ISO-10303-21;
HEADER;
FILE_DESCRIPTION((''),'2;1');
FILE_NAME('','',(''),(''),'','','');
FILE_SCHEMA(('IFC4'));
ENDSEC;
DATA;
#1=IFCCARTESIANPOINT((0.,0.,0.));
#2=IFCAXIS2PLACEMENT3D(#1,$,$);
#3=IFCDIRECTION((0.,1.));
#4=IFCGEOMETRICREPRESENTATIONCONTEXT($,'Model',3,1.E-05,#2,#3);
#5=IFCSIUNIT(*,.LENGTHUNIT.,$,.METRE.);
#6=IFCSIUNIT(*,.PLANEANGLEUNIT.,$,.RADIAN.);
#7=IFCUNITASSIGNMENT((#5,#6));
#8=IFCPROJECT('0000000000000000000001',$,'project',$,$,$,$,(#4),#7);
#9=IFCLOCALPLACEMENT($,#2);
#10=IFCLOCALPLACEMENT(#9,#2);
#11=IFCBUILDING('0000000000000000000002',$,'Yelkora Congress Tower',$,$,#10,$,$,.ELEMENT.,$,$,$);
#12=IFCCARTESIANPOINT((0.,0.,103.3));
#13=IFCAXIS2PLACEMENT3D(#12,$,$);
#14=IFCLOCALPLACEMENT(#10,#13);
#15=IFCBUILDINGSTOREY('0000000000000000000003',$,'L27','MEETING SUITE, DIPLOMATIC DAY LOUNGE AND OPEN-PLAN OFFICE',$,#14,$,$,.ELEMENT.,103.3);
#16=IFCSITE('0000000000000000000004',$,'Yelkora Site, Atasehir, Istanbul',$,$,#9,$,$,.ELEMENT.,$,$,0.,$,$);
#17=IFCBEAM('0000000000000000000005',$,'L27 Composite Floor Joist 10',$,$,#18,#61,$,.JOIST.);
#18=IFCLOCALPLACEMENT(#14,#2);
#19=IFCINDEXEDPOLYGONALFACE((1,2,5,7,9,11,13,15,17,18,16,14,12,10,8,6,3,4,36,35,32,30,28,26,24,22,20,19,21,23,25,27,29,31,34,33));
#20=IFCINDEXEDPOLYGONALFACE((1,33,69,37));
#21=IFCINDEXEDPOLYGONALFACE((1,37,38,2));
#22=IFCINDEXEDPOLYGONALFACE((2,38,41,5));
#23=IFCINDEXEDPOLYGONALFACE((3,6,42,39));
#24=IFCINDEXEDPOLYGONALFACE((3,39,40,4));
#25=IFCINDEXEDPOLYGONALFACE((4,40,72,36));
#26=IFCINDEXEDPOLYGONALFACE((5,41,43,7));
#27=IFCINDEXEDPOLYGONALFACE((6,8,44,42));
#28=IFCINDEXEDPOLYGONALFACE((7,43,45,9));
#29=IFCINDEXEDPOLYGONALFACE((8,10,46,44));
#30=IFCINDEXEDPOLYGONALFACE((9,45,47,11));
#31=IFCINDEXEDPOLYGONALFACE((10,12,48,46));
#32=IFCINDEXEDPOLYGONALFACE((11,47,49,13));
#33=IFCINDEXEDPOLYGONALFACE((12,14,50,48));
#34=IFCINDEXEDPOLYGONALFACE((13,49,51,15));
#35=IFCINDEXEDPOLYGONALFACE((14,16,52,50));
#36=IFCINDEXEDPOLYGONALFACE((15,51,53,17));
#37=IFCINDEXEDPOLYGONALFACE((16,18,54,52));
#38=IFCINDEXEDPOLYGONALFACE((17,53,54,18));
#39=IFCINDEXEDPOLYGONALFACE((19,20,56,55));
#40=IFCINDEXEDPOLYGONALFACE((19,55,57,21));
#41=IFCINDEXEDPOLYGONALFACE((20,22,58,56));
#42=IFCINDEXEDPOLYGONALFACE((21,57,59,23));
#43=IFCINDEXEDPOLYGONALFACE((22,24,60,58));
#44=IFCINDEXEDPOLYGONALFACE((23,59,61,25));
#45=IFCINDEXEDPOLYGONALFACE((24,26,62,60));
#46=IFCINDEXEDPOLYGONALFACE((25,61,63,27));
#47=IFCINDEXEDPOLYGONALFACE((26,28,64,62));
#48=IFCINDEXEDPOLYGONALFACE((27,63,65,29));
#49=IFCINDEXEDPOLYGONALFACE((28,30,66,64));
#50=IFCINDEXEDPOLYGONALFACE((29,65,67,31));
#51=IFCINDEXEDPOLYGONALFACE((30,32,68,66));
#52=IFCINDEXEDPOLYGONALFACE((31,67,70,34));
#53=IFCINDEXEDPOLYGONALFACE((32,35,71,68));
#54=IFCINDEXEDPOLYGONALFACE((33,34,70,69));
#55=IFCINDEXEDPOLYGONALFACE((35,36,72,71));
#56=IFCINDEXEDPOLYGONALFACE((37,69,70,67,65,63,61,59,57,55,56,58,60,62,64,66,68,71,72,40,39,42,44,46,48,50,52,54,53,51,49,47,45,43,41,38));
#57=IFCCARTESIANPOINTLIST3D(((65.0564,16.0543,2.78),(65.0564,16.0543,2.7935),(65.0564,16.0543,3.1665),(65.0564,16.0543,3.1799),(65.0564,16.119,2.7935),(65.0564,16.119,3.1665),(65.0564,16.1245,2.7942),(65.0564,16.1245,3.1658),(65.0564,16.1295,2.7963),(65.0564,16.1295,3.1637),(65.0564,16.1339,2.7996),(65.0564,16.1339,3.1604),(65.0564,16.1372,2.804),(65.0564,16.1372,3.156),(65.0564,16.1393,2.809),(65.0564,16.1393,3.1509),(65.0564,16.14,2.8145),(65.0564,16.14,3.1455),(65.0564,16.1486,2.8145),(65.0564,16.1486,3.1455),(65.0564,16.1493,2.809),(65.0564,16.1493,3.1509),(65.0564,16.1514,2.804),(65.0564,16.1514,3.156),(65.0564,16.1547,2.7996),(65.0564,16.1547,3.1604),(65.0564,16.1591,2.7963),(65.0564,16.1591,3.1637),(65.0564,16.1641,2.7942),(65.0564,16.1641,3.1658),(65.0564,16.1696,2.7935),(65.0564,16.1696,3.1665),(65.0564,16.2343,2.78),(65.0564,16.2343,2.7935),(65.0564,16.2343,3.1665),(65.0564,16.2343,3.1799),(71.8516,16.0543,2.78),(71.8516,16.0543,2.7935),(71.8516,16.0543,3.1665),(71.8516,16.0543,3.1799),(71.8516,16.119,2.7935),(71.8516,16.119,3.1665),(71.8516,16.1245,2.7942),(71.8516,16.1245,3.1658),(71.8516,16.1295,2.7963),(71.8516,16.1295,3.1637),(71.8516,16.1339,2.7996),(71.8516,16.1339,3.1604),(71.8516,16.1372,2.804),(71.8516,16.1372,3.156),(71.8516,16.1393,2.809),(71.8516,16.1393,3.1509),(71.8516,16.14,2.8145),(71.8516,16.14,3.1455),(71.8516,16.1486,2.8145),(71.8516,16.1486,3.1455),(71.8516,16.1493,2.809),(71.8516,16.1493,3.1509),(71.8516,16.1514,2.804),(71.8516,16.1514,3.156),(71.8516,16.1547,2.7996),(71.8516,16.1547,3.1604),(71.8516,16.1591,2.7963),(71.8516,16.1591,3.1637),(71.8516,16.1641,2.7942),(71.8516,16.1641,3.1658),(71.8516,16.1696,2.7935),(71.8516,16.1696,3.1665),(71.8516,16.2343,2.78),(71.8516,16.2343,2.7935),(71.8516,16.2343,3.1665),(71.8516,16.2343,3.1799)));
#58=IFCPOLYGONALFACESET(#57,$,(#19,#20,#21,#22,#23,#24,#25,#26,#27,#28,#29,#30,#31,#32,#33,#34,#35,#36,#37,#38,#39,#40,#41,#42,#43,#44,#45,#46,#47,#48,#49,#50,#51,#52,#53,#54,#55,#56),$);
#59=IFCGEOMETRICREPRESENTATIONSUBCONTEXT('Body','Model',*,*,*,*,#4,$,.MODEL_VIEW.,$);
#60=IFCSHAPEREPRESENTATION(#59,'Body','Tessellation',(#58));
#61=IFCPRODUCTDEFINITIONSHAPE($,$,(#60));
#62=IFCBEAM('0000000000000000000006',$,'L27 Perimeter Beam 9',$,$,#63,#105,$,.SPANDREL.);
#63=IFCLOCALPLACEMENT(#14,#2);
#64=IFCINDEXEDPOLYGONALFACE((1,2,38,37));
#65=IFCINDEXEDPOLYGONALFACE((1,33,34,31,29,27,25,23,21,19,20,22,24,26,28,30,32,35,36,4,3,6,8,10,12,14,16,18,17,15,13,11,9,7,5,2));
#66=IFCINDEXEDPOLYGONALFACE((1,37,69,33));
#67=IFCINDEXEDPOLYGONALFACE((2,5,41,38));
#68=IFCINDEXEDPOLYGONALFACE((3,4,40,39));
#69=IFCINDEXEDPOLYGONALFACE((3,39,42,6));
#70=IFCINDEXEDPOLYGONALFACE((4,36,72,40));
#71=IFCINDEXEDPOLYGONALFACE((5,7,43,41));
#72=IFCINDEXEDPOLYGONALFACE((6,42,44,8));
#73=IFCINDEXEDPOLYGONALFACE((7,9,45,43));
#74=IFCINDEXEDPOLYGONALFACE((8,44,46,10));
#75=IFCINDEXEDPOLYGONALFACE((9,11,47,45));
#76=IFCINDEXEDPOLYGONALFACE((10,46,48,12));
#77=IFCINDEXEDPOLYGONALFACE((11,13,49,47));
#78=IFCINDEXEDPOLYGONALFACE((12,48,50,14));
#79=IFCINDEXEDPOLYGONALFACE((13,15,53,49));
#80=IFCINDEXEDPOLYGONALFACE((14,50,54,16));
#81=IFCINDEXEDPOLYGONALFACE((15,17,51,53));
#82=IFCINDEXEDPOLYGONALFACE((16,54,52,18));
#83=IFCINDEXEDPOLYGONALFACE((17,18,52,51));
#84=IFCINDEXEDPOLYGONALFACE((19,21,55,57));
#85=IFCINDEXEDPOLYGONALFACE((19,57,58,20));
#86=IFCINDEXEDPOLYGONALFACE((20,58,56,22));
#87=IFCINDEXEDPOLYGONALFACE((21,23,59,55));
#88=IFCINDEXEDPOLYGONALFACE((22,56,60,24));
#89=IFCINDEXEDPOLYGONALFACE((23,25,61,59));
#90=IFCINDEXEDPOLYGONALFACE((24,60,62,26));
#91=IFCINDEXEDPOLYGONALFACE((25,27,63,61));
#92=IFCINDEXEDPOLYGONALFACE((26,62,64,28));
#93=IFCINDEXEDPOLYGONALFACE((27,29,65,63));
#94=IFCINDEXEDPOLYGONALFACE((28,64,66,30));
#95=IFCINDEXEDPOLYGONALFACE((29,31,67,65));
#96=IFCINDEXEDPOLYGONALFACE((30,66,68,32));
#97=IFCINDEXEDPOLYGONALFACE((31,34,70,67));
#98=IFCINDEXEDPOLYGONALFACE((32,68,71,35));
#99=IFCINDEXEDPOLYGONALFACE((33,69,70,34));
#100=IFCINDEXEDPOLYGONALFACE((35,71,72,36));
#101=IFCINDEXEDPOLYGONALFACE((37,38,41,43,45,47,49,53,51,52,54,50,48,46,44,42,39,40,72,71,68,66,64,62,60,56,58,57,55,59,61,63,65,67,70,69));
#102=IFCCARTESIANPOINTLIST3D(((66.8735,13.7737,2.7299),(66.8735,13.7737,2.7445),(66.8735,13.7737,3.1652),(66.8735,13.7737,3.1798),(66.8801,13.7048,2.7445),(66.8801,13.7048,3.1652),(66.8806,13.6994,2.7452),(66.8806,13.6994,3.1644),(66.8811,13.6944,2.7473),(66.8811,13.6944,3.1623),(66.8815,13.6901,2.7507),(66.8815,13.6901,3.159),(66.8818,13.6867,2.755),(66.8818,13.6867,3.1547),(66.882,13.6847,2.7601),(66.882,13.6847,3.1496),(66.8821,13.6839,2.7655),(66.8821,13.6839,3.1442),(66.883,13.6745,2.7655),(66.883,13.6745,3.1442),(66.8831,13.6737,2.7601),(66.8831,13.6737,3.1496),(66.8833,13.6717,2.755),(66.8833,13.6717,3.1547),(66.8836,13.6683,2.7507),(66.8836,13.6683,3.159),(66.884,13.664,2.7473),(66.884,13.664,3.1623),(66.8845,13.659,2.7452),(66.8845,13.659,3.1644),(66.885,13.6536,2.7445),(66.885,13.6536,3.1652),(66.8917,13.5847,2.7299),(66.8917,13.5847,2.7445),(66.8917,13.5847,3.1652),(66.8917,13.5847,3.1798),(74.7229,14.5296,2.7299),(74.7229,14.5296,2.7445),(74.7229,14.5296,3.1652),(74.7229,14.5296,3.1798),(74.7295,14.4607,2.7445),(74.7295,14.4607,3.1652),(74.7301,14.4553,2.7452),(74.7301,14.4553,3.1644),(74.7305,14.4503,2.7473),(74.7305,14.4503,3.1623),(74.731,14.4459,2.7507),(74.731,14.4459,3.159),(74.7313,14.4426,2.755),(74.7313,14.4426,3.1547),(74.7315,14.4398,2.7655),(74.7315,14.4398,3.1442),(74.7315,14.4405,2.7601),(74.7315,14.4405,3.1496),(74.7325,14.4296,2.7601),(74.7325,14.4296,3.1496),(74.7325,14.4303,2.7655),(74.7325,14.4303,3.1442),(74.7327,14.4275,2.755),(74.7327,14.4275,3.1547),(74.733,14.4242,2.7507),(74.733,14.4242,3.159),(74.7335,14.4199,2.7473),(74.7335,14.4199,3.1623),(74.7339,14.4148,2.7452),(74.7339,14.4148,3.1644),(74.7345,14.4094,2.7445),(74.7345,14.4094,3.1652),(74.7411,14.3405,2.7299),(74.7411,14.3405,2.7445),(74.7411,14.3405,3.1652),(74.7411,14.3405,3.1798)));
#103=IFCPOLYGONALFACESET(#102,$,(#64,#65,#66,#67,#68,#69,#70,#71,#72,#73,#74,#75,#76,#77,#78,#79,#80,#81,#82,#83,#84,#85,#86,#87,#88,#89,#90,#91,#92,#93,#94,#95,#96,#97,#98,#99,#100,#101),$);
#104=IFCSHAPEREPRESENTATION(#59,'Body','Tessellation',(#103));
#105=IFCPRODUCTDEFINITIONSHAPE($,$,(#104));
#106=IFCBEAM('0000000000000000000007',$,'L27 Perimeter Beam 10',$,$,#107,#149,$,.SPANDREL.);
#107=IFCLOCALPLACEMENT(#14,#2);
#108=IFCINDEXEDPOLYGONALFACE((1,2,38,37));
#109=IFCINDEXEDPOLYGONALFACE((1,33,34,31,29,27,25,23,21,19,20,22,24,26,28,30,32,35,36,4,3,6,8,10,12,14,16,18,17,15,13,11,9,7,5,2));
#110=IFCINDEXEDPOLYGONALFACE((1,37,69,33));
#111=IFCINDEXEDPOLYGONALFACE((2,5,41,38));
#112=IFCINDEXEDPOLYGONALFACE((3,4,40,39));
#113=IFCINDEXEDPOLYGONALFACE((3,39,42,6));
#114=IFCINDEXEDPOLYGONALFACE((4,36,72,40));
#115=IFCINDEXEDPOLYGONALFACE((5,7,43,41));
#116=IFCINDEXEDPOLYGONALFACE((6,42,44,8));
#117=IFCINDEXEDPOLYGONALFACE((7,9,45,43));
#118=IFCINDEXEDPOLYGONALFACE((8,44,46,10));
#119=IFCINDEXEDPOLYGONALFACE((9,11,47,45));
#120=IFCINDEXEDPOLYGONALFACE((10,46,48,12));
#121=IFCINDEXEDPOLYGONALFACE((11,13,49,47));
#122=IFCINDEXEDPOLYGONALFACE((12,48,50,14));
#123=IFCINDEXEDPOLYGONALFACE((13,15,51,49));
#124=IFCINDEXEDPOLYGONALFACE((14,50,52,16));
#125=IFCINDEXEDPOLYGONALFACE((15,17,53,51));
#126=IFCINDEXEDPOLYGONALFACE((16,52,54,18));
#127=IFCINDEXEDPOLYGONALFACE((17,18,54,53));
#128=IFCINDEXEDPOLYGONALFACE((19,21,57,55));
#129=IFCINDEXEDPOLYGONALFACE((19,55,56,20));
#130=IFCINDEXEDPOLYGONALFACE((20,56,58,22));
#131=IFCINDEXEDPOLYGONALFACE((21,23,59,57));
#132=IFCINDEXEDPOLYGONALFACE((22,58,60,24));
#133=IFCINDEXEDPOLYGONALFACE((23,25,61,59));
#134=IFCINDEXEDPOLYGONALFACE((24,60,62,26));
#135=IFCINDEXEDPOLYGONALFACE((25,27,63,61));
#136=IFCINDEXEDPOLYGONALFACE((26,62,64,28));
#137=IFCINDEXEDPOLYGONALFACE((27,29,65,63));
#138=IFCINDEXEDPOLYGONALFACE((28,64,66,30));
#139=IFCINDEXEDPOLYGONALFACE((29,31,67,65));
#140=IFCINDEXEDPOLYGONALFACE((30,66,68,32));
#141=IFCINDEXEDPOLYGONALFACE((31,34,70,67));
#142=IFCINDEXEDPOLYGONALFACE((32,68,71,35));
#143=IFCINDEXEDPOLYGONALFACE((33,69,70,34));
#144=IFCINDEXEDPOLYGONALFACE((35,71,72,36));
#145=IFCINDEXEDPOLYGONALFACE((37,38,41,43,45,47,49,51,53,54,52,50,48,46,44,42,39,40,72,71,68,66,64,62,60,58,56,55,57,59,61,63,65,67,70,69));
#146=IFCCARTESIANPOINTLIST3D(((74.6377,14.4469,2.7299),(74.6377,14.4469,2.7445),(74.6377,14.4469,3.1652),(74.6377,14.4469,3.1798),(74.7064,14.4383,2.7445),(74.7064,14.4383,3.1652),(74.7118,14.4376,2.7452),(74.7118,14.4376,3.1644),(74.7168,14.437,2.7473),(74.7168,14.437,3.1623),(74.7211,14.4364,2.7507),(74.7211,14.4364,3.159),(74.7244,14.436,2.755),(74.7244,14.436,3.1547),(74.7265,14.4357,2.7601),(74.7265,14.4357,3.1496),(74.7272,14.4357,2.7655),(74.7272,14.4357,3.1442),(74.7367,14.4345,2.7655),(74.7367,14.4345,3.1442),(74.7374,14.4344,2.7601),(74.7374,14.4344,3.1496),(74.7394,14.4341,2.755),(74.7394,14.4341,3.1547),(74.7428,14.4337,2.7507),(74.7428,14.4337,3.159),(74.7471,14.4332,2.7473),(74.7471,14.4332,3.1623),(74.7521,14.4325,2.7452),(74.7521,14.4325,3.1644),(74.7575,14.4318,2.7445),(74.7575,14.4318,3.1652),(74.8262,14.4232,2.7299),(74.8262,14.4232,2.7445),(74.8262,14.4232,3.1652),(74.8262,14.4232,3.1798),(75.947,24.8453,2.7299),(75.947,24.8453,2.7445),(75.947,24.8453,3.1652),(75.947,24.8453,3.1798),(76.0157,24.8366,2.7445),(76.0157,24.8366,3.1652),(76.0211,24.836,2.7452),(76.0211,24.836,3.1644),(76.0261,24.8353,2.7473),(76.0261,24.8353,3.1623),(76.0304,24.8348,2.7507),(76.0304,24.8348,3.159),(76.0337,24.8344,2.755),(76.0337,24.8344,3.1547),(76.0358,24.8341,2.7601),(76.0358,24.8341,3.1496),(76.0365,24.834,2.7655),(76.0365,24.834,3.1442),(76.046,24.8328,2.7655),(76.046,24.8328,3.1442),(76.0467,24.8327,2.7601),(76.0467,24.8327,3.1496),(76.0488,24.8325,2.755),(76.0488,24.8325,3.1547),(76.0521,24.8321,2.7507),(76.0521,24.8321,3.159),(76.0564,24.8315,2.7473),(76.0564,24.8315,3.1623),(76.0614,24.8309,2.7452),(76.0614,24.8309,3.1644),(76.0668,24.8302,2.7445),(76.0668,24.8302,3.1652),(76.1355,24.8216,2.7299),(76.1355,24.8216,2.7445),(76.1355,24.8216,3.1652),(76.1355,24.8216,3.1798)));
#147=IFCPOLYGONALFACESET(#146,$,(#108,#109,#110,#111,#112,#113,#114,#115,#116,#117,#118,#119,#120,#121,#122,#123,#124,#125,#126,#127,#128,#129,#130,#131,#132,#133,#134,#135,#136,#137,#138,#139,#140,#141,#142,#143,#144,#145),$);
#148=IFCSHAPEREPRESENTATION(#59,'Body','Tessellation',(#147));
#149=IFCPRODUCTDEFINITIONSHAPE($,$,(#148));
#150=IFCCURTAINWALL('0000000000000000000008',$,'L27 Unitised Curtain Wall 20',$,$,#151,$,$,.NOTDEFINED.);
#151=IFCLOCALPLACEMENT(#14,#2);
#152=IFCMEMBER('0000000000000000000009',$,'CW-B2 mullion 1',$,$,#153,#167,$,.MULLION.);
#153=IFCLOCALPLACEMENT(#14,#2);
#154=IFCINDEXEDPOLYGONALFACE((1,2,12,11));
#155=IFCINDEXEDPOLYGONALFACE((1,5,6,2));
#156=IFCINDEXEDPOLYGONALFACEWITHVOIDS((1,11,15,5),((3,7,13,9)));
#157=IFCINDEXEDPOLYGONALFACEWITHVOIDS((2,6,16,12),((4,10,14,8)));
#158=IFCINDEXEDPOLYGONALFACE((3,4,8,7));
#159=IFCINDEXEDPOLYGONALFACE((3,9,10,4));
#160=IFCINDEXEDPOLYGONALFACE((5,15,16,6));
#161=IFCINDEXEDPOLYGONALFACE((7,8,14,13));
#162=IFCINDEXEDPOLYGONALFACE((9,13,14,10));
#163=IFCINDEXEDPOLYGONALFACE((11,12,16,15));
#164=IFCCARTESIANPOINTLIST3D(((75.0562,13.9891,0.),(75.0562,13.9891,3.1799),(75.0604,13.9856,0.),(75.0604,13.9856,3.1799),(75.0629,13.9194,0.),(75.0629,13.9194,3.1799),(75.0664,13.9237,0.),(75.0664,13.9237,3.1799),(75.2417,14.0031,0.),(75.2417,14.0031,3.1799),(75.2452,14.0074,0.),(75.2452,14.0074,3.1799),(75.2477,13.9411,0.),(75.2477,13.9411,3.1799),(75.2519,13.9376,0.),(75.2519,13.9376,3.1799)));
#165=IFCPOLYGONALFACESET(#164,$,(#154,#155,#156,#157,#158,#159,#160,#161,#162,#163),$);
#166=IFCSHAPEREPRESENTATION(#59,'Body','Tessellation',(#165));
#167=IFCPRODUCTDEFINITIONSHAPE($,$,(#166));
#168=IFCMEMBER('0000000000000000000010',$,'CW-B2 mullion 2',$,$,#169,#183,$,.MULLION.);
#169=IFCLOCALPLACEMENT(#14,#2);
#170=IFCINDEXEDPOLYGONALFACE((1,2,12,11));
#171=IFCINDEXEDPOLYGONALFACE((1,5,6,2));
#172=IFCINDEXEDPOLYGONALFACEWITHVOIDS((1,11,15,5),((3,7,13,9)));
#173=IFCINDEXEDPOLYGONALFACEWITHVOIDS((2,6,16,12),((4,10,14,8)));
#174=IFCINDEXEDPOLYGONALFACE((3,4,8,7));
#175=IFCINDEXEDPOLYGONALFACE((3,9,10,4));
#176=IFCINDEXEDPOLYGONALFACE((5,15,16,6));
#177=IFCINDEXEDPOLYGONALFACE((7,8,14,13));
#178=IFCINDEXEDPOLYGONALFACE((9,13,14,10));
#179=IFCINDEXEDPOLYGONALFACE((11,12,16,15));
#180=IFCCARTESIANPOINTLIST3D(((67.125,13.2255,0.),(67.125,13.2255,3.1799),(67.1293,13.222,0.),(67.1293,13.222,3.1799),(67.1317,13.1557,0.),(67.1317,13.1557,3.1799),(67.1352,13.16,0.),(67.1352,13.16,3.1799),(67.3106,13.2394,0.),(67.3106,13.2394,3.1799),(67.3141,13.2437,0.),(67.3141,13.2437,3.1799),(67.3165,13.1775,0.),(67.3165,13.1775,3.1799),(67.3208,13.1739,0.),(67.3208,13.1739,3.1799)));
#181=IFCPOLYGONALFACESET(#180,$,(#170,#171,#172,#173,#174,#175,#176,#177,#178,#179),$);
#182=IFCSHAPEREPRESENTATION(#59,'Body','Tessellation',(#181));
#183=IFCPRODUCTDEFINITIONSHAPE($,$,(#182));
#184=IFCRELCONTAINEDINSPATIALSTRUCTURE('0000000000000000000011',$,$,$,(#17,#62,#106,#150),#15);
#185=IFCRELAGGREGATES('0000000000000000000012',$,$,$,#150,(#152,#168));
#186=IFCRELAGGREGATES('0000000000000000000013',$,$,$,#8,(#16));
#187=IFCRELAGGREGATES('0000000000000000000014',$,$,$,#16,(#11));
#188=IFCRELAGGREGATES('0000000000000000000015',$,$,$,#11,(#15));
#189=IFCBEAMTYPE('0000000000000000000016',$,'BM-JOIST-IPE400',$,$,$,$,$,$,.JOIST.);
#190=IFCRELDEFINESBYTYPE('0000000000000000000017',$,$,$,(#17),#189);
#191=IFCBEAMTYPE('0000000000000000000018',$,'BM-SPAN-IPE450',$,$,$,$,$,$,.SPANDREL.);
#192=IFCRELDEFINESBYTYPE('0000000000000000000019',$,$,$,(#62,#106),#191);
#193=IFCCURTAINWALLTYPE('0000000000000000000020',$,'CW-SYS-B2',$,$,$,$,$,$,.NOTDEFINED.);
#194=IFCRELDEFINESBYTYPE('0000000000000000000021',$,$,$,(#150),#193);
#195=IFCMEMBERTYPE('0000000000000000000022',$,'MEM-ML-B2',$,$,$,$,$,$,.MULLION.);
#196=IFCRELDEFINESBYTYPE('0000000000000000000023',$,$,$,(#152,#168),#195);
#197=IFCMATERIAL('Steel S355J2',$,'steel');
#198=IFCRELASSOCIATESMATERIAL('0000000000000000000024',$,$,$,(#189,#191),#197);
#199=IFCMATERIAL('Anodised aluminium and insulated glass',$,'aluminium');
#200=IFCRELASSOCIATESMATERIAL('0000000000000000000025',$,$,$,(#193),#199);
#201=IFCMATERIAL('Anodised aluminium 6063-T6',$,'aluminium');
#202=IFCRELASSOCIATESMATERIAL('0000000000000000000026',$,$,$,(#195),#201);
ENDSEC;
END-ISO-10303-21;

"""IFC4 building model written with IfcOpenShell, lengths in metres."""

from ifc_helpers import new_model, si_unit, direction, frame, origin, origin_2d, place, context, subcontext, project, spatial, hollow_rectangle, i_section, extrude, material, material_profile, profile_set, type_object, element, aggregate, save


model = new_model("IFC4")

# Units and contexts
model_context = context("Model", 3, precision=1e-05, world=origin(), true_north=direction((0.0, 1.0)))
body_context = subcontext(model_context, "Body", "Model", "MODEL_VIEW")
ifc_project = project(units=[si_unit("LENGTHUNIT", "METRE"), si_unit("PLANEANGLEUNIT", "RADIAN")], contexts=[model_context])

# Site, building, storey
site_placement = place(None, origin())
site = spatial("IfcSite", under=ifc_project, at=site_placement, Name="Yelkora Site, Atasehir, Istanbul", CompositionType="ELEMENT", RefElevation=0.0)
building_placement = place(site_placement, origin())
building = spatial("IfcBuilding", under=site, at=building_placement, Name="Yelkora Congress Tower", CompositionType="ELEMENT")
storey_placement = place(building_placement, frame((0.0, 0.0, 103.3)))
storey = spatial("IfcBuildingStorey", under=building, at=storey_placement, Name="L27", Description="MEETING SUITE, DIPLOMATIC DAY LOUNGE AND OPEN-PLAN OFFICE", CompositionType="ELEMENT", Elevation=103.3)

# Beams
ifc_material_1 = material(Name="Steel S355J2", Category="steel")
ifc_material_profile_1 = material_profile(ifc_material_1, i_section(OverallWidth=0.1799, OverallDepth=0.3999, WebThickness=0.0085, FlangeThickness=0.0134, FilletRadius=0.021, at=origin_2d()), Name="IPE 400")
ifc_profile_set_1 = profile_set([ifc_material_profile_1], Name="Steel S355J2")
beam_type_1 = type_object("IfcBeamType", Name="BM-JOIST-IPE400", PredefinedType="JOIST", material=ifc_profile_set_1)
beam_1_placement = place(storey_placement, frame((65.0564, 16.1443, 2.98), z_axis=(1.0, 0.0, 0.0), x_axis=(0.0, 1.0, 0.0)))
element("IfcBeam", 1, at=beam_1_placement, inside=storey, type_object=beam_type_1, Name="L27 Composite Floor Joist 10", PredefinedType="JOIST", context=body_context, shape_type="SweptSolid", body=[
    extrude(i_section(OverallWidth=0.1799, OverallDepth=0.3999, WebThickness=0.0085, FlangeThickness=0.0134, FilletRadius=0.021, at=origin_2d()), origin(), (0.0, 0.0, 1.0), 6.7952),
])
ifc_material_profile_2 = material_profile(ifc_material_1, i_section(OverallWidth=0.1899, OverallDepth=0.45, WebThickness=0.0095, FlangeThickness=0.0146, FilletRadius=0.021, at=origin_2d()), Name="IPE 450")
ifc_profile_set_2 = profile_set([ifc_material_profile_2], Name="Steel S355J2")
beam_type_2 = type_object("IfcBeamType", Name="BM-SPAN-IPE450", PredefinedType="SPANDREL", material=ifc_profile_set_2)
beam_2_placement = place(storey_placement, frame((66.8826, 13.6792, 2.9548), z_axis=(0.995396, 0.095852, 0.0), x_axis=(-0.095852, 0.995396, 0.0)))
element("IfcBeam", 2, at=beam_2_placement, inside=storey, type_object=beam_type_2, Name="L27 Perimeter Beam 9", PredefinedType="SPANDREL", context=body_context, shape_type="SweptSolid", body=[
    extrude(i_section(OverallWidth=0.1899, OverallDepth=0.45, WebThickness=0.0095, FlangeThickness=0.0146, FilletRadius=0.021, at=origin_2d()), origin(), (0.0, 0.0, 1.0), 7.8857),
])
beam_3_placement = place(storey_placement, frame((74.7319, 14.4351, 2.9548), z_axis=(0.124929, 0.992166, 0.0), x_axis=(-0.992166, 0.124929, 0.0)))
element("IfcBeam", 3, at=beam_3_placement, inside=storey, type_object=beam_type_2, Name="L27 Perimeter Beam 10", PredefinedType="SPANDREL", context=body_context, shape_type="SweptSolid", body=[
    extrude(i_section(OverallWidth=0.1899, OverallDepth=0.45, WebThickness=0.0095, FlangeThickness=0.0146, FilletRadius=0.021, at=origin_2d()), origin(), (0.0, 0.0, 1.0), 10.4805),
])

# Curtain wall, members
ifc_material_2 = material(Name="Anodised aluminium and insulated glass", Category="aluminium")
curtain_wall_type = type_object("IfcCurtainWallType", Name="CW-SYS-B2", PredefinedType="NOTDEFINED", material=ifc_material_2)
curtain_wall_placement = place(storey_placement, origin())
curtain_wall = element("IfcCurtainWall", 4, at=curtain_wall_placement, inside=storey, type_object=curtain_wall_type, Name="L27 Unitised Curtain Wall 20", PredefinedType="NOTDEFINED")
ifc_material_3 = material(Name="Anodised aluminium 6063-T6", Category="aluminium")
ifc_material_profile_3 = material_profile(ifc_material_3, hollow_rectangle(XDim=0.0701, YDim=0.1899, WallThickness=0.0039, at=origin_2d()), Name="ALU 70x190x4")
ifc_profile_set_3 = profile_set([ifc_material_profile_3], Name="Anodised aluminium 6063-T6")
member_type_1 = type_object("IfcMemberType", Name="MEM-ML-B2", PredefinedType="MULLION", material=ifc_profile_set_3)
member_1_placement = place(storey_placement, frame((75.1541, 13.9634, 0.0), z_axis=(0.0, 0.0, 1.0), x_axis=(0.095844, -0.995396, 0.0)))
member_1 = element("IfcMember", 5, at=member_1_placement, type_object=member_type_1, Name="CW-B2 mullion 1", PredefinedType="MULLION", context=body_context, shape_type="SweptSolid", body=[
    extrude(hollow_rectangle(XDim=0.0701, YDim=0.1899, WallThickness=0.0039, at=origin_2d()), origin(), (0.0, 0.0, 1.0), 3.1799),
])
member_2_placement = place(storey_placement, frame((67.2229, 13.1997, 0.0), z_axis=(0.0, 0.0, 1.0), x_axis=(0.095844, -0.995396, 0.0)))
member_2 = element("IfcMember", 6, at=member_2_placement, type_object=member_type_1, Name="CW-B2 mullion 2", PredefinedType="MULLION", context=body_context, shape_type="SweptSolid", body=[
    extrude(hollow_rectangle(XDim=0.0701, YDim=0.1899, WallThickness=0.0039, at=origin_2d()), origin(), (0.0, 0.0, 1.0), 3.1799),
])
aggregate(curtain_wall, [member_1, member_2])

save(model, "model.ifc")
